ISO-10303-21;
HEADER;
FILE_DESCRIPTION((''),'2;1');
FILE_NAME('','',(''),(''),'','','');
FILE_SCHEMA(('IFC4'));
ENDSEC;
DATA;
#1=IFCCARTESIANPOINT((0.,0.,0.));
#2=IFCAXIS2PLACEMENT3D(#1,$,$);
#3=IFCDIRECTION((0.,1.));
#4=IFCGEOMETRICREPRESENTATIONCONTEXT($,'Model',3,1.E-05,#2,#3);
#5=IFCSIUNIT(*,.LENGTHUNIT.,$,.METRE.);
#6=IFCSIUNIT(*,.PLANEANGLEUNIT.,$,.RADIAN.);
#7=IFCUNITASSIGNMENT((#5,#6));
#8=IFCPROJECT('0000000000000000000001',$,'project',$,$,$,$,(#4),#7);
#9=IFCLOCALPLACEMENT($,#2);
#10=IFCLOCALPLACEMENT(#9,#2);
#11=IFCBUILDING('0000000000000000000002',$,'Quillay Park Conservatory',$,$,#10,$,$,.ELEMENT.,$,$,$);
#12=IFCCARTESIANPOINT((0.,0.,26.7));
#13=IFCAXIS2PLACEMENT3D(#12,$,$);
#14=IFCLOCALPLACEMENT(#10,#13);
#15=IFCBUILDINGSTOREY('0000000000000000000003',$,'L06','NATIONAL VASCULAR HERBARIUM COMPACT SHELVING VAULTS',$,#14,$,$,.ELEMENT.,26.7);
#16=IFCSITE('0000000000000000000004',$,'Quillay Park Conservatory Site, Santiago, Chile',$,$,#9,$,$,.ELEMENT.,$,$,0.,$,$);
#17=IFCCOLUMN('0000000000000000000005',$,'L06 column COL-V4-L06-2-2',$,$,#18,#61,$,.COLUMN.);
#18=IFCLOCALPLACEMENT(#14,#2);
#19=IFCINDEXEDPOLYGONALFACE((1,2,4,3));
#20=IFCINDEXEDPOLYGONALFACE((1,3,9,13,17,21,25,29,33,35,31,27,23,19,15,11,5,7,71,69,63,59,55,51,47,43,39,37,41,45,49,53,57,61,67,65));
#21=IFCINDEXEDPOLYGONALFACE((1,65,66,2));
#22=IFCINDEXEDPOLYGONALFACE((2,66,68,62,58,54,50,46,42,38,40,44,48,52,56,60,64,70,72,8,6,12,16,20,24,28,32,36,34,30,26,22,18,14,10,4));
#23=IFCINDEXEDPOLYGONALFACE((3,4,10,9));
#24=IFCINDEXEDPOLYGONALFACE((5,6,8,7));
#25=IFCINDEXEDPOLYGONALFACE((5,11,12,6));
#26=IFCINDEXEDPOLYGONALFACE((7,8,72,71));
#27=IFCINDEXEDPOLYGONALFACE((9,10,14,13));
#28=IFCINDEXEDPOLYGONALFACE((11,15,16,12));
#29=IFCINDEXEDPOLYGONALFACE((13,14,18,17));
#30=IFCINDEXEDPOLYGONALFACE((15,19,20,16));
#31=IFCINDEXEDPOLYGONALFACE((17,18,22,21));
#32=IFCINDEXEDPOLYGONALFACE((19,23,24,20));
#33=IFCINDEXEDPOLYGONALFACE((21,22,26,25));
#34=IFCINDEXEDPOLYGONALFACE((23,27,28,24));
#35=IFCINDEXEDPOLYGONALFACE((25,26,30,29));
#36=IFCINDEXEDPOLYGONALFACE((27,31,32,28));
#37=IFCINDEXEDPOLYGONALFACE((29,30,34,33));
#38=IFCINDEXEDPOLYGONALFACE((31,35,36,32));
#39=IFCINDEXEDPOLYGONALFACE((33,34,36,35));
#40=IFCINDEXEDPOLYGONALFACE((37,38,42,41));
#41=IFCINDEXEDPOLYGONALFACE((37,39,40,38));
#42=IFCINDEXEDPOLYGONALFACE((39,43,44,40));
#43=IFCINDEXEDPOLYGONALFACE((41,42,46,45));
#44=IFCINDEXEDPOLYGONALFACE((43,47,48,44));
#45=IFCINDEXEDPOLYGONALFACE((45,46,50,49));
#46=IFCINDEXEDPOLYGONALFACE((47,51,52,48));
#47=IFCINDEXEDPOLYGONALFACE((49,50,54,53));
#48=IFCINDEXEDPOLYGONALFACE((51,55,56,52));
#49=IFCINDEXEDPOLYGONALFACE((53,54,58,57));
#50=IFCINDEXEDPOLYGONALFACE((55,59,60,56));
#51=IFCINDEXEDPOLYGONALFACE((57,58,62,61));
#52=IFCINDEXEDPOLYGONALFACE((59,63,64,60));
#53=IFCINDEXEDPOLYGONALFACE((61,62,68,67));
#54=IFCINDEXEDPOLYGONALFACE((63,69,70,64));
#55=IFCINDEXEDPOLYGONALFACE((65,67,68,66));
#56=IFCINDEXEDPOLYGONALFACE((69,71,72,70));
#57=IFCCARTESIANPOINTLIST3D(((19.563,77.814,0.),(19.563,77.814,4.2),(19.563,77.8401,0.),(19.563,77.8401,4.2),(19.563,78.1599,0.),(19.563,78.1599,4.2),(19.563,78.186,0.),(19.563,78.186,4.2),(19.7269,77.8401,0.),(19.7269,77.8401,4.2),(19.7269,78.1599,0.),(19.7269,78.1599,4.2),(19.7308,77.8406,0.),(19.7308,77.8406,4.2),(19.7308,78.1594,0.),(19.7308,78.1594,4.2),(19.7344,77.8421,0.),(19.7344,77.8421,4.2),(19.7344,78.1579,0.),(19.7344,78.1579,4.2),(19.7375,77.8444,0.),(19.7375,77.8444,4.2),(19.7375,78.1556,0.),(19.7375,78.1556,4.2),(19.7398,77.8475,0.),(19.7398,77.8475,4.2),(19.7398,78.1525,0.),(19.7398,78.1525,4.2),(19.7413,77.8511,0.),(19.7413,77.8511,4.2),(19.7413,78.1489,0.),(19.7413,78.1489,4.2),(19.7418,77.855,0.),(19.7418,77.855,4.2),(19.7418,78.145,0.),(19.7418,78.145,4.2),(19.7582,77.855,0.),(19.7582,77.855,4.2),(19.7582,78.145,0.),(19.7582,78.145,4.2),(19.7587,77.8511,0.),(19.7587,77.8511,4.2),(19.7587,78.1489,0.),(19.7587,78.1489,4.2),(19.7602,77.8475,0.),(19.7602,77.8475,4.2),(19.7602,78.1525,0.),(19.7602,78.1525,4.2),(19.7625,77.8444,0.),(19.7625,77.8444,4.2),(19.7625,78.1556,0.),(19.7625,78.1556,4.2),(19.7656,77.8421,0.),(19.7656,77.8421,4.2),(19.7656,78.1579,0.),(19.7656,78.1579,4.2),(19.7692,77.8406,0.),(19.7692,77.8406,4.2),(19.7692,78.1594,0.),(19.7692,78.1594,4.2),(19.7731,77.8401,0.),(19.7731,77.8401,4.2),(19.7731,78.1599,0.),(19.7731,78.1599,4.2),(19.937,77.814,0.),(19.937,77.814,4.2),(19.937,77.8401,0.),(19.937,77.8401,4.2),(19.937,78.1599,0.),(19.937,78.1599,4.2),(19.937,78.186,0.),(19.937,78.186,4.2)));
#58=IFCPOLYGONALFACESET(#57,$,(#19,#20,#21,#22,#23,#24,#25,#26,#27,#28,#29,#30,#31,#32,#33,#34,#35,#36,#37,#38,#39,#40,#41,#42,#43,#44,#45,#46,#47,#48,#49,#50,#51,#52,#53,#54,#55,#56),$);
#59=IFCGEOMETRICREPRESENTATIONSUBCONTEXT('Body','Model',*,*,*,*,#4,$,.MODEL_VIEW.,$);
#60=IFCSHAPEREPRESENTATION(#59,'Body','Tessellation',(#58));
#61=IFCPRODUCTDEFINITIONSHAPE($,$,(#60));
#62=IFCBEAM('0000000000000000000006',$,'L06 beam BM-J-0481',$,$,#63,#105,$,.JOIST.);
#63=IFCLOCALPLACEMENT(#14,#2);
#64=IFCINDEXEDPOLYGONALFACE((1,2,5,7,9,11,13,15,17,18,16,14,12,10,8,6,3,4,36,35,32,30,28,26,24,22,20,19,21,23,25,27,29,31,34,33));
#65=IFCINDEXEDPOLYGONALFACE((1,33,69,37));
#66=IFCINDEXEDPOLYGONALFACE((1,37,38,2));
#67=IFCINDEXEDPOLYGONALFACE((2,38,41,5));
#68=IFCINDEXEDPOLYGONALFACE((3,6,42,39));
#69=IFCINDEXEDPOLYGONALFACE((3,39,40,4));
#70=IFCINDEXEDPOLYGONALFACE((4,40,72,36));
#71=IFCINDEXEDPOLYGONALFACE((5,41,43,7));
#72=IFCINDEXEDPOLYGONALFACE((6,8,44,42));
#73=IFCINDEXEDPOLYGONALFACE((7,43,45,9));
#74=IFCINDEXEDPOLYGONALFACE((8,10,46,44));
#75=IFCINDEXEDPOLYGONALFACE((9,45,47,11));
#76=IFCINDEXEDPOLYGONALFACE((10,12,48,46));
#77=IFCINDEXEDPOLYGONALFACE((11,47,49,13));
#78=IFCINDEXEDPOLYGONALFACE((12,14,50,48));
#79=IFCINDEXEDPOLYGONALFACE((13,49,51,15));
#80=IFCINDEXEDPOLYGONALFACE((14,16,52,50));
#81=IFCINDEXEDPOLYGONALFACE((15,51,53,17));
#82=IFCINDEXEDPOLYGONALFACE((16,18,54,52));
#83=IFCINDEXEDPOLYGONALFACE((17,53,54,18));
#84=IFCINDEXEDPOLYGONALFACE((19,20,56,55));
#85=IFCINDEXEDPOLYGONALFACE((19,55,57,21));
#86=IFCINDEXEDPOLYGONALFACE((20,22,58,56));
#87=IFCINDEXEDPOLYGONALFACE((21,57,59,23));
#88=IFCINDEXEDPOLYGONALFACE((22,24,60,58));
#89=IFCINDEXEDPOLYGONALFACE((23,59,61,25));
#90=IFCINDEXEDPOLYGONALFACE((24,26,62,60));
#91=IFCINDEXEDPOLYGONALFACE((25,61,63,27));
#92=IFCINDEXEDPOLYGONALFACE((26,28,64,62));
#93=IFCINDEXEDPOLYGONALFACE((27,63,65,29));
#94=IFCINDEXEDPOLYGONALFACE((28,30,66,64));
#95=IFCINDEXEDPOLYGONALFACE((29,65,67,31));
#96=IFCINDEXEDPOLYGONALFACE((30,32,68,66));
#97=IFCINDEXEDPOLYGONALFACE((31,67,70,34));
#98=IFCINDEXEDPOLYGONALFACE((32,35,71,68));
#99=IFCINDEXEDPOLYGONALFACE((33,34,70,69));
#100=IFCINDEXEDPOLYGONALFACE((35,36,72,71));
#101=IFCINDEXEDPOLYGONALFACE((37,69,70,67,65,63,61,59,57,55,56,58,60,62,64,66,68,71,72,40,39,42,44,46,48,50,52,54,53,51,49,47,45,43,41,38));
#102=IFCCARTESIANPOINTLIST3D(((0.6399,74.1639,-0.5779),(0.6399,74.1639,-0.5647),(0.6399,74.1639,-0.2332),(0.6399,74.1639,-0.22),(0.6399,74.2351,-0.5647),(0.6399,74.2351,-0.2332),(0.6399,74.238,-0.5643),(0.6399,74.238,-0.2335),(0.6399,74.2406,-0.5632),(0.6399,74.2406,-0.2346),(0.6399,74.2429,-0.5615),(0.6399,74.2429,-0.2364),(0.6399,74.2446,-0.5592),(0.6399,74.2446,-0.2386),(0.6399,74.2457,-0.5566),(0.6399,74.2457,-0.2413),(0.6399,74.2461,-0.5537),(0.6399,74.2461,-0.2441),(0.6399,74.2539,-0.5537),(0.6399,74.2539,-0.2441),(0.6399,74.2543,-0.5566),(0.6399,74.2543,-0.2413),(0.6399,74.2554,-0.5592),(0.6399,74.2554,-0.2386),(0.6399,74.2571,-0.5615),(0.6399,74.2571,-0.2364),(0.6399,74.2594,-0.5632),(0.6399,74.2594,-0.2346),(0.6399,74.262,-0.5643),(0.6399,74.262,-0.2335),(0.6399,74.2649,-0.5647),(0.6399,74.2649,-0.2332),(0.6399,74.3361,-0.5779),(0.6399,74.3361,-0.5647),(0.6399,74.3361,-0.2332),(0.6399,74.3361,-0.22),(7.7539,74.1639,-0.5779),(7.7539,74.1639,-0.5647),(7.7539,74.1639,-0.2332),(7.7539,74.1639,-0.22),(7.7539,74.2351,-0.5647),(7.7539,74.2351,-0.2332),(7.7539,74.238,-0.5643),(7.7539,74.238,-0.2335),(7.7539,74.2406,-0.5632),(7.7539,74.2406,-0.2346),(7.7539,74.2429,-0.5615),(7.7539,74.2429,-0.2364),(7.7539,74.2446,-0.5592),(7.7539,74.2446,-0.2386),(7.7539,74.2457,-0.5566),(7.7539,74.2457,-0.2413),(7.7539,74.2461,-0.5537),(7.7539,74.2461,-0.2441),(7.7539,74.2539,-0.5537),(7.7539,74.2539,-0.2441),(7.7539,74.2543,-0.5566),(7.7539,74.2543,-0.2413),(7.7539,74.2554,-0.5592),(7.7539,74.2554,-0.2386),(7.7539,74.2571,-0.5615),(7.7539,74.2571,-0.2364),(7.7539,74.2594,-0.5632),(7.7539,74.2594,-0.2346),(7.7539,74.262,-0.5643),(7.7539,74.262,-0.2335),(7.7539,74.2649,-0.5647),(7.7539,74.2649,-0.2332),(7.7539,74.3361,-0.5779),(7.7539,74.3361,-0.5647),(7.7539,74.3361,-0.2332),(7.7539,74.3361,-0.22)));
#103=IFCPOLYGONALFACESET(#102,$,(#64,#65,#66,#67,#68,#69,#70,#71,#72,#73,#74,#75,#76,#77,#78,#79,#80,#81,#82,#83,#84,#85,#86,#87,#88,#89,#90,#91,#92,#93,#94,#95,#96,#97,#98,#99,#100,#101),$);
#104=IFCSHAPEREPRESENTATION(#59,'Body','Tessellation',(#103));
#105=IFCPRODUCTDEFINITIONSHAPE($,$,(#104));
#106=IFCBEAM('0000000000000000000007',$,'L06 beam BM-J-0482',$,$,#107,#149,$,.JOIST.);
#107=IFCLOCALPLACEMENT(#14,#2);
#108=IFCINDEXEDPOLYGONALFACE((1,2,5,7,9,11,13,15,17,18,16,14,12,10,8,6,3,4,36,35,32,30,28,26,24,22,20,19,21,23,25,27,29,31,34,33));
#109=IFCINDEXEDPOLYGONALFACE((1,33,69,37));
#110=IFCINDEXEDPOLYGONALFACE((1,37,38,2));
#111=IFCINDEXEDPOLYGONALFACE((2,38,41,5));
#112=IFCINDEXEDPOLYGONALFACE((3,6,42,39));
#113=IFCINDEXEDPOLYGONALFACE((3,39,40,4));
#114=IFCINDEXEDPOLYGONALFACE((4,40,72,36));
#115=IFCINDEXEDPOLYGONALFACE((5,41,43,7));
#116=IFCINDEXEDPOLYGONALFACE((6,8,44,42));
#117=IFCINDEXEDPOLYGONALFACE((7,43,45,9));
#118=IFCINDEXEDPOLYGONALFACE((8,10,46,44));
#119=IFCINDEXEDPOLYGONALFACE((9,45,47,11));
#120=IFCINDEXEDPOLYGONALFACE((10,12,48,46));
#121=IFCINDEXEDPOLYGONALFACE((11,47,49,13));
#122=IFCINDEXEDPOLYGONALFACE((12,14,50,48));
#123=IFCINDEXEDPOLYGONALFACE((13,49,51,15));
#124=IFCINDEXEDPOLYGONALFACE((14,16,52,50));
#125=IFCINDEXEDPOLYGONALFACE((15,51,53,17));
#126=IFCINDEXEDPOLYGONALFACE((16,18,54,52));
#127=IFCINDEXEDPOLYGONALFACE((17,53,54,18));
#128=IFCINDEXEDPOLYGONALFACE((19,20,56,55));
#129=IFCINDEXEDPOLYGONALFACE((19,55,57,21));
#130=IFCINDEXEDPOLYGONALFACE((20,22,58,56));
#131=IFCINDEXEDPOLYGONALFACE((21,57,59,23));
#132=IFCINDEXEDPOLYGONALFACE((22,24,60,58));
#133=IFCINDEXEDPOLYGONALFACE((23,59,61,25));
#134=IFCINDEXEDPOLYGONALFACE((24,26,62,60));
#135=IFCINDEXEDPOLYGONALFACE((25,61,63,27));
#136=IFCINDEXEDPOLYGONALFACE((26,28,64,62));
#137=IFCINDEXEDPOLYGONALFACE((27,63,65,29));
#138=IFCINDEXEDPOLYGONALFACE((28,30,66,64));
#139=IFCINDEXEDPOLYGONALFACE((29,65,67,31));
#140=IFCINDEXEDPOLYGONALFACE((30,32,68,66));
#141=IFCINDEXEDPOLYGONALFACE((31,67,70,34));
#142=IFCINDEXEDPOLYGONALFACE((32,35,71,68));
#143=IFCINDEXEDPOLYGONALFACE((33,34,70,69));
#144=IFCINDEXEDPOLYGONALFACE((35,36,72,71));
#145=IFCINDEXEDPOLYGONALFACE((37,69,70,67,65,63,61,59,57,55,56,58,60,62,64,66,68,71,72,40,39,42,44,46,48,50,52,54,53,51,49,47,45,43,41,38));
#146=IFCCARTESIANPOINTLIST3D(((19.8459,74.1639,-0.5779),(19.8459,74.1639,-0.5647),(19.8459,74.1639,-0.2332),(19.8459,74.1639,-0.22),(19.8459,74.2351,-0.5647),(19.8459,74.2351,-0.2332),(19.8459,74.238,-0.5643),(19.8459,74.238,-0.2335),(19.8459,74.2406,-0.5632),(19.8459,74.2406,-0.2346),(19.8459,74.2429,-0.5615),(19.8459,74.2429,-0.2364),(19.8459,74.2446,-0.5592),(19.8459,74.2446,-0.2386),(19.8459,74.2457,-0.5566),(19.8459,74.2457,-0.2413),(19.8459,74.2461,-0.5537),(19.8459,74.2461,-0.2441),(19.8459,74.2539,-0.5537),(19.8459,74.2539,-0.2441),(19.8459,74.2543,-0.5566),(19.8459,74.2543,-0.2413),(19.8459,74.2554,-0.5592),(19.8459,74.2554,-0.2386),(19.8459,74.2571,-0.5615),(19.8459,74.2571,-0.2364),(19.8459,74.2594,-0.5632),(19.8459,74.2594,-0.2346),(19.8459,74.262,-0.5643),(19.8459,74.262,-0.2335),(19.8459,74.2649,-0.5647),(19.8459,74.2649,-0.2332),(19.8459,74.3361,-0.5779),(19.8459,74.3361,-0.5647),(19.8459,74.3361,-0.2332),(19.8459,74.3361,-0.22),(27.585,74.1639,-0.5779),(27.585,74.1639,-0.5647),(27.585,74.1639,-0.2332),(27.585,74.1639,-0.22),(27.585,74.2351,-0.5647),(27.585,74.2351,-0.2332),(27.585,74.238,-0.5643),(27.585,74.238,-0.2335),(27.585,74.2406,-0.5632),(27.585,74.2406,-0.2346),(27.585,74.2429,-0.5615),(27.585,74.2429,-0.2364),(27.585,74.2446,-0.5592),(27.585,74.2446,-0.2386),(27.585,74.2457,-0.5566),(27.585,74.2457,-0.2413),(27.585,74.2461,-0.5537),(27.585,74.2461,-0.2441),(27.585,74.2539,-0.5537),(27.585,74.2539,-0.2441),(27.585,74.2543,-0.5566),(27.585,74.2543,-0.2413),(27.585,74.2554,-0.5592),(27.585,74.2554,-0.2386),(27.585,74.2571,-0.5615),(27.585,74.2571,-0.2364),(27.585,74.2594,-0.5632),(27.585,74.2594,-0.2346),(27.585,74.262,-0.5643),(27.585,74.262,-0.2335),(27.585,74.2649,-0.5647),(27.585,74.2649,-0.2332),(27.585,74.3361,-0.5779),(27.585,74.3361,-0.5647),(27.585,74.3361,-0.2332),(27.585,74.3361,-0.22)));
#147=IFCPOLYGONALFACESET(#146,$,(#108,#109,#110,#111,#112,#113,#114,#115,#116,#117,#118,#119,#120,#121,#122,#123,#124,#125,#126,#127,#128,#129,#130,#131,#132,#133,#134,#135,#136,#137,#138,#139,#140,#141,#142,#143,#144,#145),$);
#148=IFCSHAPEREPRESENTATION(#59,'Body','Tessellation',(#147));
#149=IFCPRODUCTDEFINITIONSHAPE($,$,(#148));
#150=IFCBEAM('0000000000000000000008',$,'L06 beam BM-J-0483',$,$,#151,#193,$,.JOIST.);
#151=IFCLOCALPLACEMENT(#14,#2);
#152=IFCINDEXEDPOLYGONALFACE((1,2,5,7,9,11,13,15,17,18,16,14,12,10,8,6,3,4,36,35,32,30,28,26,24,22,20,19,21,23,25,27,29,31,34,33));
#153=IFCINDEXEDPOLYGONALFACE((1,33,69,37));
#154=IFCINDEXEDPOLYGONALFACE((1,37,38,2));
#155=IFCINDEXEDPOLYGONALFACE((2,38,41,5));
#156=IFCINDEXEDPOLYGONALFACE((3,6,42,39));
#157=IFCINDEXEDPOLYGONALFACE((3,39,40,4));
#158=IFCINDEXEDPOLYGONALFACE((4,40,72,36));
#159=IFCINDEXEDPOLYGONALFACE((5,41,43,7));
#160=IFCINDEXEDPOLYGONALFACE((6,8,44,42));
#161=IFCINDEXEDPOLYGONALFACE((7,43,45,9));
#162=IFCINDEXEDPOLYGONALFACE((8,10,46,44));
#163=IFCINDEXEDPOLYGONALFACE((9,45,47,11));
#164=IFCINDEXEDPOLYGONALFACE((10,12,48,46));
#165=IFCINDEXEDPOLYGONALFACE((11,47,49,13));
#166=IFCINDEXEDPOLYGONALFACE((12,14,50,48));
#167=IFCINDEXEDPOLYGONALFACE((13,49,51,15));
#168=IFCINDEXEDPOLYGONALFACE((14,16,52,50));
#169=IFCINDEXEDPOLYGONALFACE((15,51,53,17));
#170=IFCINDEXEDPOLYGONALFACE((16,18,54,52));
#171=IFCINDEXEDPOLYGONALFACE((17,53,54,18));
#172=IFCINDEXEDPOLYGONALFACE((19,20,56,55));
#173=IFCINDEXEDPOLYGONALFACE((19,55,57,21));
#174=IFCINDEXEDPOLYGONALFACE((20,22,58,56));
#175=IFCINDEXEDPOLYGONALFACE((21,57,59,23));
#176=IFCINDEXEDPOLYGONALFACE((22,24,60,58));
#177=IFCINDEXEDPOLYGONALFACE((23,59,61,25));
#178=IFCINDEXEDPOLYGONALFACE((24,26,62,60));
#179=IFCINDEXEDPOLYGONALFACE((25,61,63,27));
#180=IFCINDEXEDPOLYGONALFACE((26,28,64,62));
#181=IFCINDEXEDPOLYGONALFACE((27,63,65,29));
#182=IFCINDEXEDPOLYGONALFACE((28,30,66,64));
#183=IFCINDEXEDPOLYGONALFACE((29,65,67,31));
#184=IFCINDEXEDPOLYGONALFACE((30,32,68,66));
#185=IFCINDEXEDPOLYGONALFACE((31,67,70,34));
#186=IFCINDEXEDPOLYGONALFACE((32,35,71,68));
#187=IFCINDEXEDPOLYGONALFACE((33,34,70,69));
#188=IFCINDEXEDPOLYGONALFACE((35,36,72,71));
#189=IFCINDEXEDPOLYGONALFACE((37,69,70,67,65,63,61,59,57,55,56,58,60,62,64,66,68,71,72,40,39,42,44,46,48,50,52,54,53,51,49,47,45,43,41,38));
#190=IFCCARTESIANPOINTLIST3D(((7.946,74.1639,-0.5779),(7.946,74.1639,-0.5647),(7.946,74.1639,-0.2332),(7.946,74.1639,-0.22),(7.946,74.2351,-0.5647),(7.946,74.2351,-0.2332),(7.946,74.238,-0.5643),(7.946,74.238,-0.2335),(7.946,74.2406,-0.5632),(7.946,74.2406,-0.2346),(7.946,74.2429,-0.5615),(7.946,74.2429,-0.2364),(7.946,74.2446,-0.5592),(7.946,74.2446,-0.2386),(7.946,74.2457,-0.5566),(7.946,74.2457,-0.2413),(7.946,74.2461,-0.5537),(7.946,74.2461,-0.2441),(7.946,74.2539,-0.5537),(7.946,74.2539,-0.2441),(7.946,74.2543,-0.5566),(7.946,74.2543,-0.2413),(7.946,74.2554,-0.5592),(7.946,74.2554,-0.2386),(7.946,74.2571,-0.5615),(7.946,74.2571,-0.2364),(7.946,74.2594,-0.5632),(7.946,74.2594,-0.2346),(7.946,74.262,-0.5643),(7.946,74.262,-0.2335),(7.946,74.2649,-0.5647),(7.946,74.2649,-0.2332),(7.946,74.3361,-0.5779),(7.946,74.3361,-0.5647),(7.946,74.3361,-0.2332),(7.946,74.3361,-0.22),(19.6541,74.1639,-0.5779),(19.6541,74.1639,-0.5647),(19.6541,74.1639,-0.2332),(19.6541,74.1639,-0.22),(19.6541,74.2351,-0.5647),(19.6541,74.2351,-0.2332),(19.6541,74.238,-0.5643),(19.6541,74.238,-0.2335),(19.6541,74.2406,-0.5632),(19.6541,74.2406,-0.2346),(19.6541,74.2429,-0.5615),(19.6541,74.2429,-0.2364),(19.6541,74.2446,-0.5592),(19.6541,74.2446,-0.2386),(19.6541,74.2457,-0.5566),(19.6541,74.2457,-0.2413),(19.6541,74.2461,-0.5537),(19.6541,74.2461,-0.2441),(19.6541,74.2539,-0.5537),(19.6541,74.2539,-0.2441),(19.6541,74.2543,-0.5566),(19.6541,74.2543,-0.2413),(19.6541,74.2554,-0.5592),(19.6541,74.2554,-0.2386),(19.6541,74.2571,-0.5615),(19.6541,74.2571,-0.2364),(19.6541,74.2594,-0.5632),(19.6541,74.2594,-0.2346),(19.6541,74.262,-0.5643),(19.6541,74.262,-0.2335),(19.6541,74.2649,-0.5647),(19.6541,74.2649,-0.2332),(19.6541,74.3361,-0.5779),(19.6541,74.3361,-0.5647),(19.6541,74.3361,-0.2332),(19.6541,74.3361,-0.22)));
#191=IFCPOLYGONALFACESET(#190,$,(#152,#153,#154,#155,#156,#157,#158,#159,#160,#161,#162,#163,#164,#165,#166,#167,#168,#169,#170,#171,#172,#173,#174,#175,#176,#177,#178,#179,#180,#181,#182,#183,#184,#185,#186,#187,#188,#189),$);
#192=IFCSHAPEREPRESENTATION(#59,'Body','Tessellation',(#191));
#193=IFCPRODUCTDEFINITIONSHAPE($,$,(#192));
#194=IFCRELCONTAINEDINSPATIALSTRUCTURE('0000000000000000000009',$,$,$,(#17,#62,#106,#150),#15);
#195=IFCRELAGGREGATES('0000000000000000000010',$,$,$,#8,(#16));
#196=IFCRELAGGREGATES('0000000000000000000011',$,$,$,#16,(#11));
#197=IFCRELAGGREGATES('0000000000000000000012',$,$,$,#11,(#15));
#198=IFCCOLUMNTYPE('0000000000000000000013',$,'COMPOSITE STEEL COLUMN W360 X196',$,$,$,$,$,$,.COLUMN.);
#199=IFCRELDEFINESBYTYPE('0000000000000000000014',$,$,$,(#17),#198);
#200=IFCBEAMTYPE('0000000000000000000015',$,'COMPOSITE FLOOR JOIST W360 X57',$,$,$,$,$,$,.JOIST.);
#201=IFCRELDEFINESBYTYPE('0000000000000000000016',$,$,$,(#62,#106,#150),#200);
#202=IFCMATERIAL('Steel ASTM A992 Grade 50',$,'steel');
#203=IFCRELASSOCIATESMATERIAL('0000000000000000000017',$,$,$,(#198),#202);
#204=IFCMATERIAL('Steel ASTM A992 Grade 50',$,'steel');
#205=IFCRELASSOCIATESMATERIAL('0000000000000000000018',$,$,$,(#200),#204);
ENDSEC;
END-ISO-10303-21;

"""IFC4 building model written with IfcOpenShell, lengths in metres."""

from ifc_helpers import new_model, si_unit, direction, frame, origin, origin_2d, place, context, subcontext, project, spatial, i_section, extrude, material, material_profile, profile_set, type_object, element, save


model = new_model("IFC4")

# Units and contexts
model_context = context("Model", 3, precision=1e-05, world=origin(), true_north=direction((0.0, 1.0)))
body_context = subcontext(model_context, "Body", "Model", "MODEL_VIEW")
ifc_project = project(units=[si_unit("LENGTHUNIT", "METRE"), si_unit("PLANEANGLEUNIT", "RADIAN")], contexts=[model_context])

# Site, building, storey
site_placement = place(None, origin())
site = spatial("IfcSite", under=ifc_project, at=site_placement, Name="Quillay Park Conservatory Site, Santiago, Chile", CompositionType="ELEMENT", RefElevation=0.0)
building_placement = place(site_placement, origin())
building = spatial("IfcBuilding", under=site, at=building_placement, Name="Quillay Park Conservatory", CompositionType="ELEMENT")
storey_placement = place(building_placement, frame((0.0, 0.0, 26.7)))
storey = spatial("IfcBuildingStorey", under=building, at=storey_placement, Name="L06", Description="NATIONAL VASCULAR HERBARIUM COMPACT SHELVING VAULTS", CompositionType="ELEMENT", Elevation=26.7)

# Column
ifc_material_1 = material(Name="Steel ASTM A992 Grade 50", Category="steel")
ifc_material_profile_1 = material_profile(ifc_material_1, i_section(OverallWidth=0.374, OverallDepth=0.3721, WebThickness=0.0164, FlangeThickness=0.0261, FilletRadius=0.0149, at=origin_2d()), Name="W360x196")
ifc_profile_set_1 = profile_set([ifc_material_profile_1], Name="Steel ASTM A992 Grade 50")
column_type = type_object("IfcColumnType", Name="COMPOSITE STEEL COLUMN W360 X196", PredefinedType="COLUMN", material=ifc_profile_set_1)
for number, where, z_axis, x_axis, name in (
    (1, (19.75, 78.0, 0.0), (0.0, 0.0, 1.0), (1.0, 0.0, 0.0), "L06 column COL-V4-L06-2-2"),
):
    element("IfcColumn", number, at=place(storey_placement, frame(where, z_axis=z_axis, x_axis=x_axis)), inside=storey, type_object=column_type, Name=name, PredefinedType="COLUMN", context=body_context, shape_type="SweptSolid", body=[
        extrude(i_section(OverallWidth=0.374, OverallDepth=0.3721, WebThickness=0.0164, FlangeThickness=0.0261, FilletRadius=0.0149, at=origin_2d()), origin(), (0.0, 0.0, 1.0), 4.2),
    ])

# Beams
ifc_material_2 = material(Name="Steel ASTM A992 Grade 50", Category="steel")
ifc_material_profile_2 = material_profile(ifc_material_2, i_section(OverallWidth=0.1721, OverallDepth=0.3579, WebThickness=0.0078, FlangeThickness=0.0132, FilletRadius=0.011, at=origin_2d()), Name="W360x57")
ifc_profile_set_2 = profile_set([ifc_material_profile_2], Name="Steel ASTM A992 Grade 50")
beam_type_1 = type_object("IfcBeamType", Name="COMPOSITE FLOOR JOIST W360 X57", PredefinedType="JOIST", material=ifc_profile_set_2)
beam_1_placement = place(storey_placement, frame((0.6399, 74.25, -0.3989), z_axis=(1.0, 0.0, 0.0), x_axis=(0.0, 1.0, 0.0)))
element("IfcBeam", 2, at=beam_1_placement, inside=storey, type_object=beam_type_1, Name="L06 beam BM-J-0481", PredefinedType="JOIST", context=body_context, shape_type="SweptSolid", body=[
    extrude(i_section(OverallWidth=0.1721, OverallDepth=0.3579, WebThickness=0.0078, FlangeThickness=0.0132, FilletRadius=0.011, at=origin_2d()), origin(), (0.0, 0.0, 1.0), 7.114),
])
beam_2_placement = place(storey_placement, frame((19.8459, 74.25, -0.3989), z_axis=(1.0, 0.0, 0.0), x_axis=(0.0, 1.0, 0.0)))
element("IfcBeam", 3, at=beam_2_placement, inside=storey, type_object=beam_type_1, Name="L06 beam BM-J-0482", PredefinedType="JOIST", context=body_context, shape_type="SweptSolid", body=[
    extrude(i_section(OverallWidth=0.1721, OverallDepth=0.3579, WebThickness=0.0078, FlangeThickness=0.0132, FilletRadius=0.011, at=origin_2d()), origin(), (0.0, 0.0, 1.0), 7.739),
])
beam_3_placement = place(storey_placement, frame((7.946, 74.25, -0.3989), z_axis=(1.0, 0.0, 0.0), x_axis=(0.0, 1.0, 0.0)))
element("IfcBeam", 4, at=beam_3_placement, inside=storey, type_object=beam_type_1, Name="L06 beam BM-J-0483", PredefinedType="JOIST", context=body_context, shape_type="SweptSolid", body=[
    extrude(i_section(OverallWidth=0.1721, OverallDepth=0.3579, WebThickness=0.0078, FlangeThickness=0.0132, FilletRadius=0.011, at=origin_2d()), origin(), (0.0, 0.0, 1.0), 11.708),
])

save(model, "model.ifc")
